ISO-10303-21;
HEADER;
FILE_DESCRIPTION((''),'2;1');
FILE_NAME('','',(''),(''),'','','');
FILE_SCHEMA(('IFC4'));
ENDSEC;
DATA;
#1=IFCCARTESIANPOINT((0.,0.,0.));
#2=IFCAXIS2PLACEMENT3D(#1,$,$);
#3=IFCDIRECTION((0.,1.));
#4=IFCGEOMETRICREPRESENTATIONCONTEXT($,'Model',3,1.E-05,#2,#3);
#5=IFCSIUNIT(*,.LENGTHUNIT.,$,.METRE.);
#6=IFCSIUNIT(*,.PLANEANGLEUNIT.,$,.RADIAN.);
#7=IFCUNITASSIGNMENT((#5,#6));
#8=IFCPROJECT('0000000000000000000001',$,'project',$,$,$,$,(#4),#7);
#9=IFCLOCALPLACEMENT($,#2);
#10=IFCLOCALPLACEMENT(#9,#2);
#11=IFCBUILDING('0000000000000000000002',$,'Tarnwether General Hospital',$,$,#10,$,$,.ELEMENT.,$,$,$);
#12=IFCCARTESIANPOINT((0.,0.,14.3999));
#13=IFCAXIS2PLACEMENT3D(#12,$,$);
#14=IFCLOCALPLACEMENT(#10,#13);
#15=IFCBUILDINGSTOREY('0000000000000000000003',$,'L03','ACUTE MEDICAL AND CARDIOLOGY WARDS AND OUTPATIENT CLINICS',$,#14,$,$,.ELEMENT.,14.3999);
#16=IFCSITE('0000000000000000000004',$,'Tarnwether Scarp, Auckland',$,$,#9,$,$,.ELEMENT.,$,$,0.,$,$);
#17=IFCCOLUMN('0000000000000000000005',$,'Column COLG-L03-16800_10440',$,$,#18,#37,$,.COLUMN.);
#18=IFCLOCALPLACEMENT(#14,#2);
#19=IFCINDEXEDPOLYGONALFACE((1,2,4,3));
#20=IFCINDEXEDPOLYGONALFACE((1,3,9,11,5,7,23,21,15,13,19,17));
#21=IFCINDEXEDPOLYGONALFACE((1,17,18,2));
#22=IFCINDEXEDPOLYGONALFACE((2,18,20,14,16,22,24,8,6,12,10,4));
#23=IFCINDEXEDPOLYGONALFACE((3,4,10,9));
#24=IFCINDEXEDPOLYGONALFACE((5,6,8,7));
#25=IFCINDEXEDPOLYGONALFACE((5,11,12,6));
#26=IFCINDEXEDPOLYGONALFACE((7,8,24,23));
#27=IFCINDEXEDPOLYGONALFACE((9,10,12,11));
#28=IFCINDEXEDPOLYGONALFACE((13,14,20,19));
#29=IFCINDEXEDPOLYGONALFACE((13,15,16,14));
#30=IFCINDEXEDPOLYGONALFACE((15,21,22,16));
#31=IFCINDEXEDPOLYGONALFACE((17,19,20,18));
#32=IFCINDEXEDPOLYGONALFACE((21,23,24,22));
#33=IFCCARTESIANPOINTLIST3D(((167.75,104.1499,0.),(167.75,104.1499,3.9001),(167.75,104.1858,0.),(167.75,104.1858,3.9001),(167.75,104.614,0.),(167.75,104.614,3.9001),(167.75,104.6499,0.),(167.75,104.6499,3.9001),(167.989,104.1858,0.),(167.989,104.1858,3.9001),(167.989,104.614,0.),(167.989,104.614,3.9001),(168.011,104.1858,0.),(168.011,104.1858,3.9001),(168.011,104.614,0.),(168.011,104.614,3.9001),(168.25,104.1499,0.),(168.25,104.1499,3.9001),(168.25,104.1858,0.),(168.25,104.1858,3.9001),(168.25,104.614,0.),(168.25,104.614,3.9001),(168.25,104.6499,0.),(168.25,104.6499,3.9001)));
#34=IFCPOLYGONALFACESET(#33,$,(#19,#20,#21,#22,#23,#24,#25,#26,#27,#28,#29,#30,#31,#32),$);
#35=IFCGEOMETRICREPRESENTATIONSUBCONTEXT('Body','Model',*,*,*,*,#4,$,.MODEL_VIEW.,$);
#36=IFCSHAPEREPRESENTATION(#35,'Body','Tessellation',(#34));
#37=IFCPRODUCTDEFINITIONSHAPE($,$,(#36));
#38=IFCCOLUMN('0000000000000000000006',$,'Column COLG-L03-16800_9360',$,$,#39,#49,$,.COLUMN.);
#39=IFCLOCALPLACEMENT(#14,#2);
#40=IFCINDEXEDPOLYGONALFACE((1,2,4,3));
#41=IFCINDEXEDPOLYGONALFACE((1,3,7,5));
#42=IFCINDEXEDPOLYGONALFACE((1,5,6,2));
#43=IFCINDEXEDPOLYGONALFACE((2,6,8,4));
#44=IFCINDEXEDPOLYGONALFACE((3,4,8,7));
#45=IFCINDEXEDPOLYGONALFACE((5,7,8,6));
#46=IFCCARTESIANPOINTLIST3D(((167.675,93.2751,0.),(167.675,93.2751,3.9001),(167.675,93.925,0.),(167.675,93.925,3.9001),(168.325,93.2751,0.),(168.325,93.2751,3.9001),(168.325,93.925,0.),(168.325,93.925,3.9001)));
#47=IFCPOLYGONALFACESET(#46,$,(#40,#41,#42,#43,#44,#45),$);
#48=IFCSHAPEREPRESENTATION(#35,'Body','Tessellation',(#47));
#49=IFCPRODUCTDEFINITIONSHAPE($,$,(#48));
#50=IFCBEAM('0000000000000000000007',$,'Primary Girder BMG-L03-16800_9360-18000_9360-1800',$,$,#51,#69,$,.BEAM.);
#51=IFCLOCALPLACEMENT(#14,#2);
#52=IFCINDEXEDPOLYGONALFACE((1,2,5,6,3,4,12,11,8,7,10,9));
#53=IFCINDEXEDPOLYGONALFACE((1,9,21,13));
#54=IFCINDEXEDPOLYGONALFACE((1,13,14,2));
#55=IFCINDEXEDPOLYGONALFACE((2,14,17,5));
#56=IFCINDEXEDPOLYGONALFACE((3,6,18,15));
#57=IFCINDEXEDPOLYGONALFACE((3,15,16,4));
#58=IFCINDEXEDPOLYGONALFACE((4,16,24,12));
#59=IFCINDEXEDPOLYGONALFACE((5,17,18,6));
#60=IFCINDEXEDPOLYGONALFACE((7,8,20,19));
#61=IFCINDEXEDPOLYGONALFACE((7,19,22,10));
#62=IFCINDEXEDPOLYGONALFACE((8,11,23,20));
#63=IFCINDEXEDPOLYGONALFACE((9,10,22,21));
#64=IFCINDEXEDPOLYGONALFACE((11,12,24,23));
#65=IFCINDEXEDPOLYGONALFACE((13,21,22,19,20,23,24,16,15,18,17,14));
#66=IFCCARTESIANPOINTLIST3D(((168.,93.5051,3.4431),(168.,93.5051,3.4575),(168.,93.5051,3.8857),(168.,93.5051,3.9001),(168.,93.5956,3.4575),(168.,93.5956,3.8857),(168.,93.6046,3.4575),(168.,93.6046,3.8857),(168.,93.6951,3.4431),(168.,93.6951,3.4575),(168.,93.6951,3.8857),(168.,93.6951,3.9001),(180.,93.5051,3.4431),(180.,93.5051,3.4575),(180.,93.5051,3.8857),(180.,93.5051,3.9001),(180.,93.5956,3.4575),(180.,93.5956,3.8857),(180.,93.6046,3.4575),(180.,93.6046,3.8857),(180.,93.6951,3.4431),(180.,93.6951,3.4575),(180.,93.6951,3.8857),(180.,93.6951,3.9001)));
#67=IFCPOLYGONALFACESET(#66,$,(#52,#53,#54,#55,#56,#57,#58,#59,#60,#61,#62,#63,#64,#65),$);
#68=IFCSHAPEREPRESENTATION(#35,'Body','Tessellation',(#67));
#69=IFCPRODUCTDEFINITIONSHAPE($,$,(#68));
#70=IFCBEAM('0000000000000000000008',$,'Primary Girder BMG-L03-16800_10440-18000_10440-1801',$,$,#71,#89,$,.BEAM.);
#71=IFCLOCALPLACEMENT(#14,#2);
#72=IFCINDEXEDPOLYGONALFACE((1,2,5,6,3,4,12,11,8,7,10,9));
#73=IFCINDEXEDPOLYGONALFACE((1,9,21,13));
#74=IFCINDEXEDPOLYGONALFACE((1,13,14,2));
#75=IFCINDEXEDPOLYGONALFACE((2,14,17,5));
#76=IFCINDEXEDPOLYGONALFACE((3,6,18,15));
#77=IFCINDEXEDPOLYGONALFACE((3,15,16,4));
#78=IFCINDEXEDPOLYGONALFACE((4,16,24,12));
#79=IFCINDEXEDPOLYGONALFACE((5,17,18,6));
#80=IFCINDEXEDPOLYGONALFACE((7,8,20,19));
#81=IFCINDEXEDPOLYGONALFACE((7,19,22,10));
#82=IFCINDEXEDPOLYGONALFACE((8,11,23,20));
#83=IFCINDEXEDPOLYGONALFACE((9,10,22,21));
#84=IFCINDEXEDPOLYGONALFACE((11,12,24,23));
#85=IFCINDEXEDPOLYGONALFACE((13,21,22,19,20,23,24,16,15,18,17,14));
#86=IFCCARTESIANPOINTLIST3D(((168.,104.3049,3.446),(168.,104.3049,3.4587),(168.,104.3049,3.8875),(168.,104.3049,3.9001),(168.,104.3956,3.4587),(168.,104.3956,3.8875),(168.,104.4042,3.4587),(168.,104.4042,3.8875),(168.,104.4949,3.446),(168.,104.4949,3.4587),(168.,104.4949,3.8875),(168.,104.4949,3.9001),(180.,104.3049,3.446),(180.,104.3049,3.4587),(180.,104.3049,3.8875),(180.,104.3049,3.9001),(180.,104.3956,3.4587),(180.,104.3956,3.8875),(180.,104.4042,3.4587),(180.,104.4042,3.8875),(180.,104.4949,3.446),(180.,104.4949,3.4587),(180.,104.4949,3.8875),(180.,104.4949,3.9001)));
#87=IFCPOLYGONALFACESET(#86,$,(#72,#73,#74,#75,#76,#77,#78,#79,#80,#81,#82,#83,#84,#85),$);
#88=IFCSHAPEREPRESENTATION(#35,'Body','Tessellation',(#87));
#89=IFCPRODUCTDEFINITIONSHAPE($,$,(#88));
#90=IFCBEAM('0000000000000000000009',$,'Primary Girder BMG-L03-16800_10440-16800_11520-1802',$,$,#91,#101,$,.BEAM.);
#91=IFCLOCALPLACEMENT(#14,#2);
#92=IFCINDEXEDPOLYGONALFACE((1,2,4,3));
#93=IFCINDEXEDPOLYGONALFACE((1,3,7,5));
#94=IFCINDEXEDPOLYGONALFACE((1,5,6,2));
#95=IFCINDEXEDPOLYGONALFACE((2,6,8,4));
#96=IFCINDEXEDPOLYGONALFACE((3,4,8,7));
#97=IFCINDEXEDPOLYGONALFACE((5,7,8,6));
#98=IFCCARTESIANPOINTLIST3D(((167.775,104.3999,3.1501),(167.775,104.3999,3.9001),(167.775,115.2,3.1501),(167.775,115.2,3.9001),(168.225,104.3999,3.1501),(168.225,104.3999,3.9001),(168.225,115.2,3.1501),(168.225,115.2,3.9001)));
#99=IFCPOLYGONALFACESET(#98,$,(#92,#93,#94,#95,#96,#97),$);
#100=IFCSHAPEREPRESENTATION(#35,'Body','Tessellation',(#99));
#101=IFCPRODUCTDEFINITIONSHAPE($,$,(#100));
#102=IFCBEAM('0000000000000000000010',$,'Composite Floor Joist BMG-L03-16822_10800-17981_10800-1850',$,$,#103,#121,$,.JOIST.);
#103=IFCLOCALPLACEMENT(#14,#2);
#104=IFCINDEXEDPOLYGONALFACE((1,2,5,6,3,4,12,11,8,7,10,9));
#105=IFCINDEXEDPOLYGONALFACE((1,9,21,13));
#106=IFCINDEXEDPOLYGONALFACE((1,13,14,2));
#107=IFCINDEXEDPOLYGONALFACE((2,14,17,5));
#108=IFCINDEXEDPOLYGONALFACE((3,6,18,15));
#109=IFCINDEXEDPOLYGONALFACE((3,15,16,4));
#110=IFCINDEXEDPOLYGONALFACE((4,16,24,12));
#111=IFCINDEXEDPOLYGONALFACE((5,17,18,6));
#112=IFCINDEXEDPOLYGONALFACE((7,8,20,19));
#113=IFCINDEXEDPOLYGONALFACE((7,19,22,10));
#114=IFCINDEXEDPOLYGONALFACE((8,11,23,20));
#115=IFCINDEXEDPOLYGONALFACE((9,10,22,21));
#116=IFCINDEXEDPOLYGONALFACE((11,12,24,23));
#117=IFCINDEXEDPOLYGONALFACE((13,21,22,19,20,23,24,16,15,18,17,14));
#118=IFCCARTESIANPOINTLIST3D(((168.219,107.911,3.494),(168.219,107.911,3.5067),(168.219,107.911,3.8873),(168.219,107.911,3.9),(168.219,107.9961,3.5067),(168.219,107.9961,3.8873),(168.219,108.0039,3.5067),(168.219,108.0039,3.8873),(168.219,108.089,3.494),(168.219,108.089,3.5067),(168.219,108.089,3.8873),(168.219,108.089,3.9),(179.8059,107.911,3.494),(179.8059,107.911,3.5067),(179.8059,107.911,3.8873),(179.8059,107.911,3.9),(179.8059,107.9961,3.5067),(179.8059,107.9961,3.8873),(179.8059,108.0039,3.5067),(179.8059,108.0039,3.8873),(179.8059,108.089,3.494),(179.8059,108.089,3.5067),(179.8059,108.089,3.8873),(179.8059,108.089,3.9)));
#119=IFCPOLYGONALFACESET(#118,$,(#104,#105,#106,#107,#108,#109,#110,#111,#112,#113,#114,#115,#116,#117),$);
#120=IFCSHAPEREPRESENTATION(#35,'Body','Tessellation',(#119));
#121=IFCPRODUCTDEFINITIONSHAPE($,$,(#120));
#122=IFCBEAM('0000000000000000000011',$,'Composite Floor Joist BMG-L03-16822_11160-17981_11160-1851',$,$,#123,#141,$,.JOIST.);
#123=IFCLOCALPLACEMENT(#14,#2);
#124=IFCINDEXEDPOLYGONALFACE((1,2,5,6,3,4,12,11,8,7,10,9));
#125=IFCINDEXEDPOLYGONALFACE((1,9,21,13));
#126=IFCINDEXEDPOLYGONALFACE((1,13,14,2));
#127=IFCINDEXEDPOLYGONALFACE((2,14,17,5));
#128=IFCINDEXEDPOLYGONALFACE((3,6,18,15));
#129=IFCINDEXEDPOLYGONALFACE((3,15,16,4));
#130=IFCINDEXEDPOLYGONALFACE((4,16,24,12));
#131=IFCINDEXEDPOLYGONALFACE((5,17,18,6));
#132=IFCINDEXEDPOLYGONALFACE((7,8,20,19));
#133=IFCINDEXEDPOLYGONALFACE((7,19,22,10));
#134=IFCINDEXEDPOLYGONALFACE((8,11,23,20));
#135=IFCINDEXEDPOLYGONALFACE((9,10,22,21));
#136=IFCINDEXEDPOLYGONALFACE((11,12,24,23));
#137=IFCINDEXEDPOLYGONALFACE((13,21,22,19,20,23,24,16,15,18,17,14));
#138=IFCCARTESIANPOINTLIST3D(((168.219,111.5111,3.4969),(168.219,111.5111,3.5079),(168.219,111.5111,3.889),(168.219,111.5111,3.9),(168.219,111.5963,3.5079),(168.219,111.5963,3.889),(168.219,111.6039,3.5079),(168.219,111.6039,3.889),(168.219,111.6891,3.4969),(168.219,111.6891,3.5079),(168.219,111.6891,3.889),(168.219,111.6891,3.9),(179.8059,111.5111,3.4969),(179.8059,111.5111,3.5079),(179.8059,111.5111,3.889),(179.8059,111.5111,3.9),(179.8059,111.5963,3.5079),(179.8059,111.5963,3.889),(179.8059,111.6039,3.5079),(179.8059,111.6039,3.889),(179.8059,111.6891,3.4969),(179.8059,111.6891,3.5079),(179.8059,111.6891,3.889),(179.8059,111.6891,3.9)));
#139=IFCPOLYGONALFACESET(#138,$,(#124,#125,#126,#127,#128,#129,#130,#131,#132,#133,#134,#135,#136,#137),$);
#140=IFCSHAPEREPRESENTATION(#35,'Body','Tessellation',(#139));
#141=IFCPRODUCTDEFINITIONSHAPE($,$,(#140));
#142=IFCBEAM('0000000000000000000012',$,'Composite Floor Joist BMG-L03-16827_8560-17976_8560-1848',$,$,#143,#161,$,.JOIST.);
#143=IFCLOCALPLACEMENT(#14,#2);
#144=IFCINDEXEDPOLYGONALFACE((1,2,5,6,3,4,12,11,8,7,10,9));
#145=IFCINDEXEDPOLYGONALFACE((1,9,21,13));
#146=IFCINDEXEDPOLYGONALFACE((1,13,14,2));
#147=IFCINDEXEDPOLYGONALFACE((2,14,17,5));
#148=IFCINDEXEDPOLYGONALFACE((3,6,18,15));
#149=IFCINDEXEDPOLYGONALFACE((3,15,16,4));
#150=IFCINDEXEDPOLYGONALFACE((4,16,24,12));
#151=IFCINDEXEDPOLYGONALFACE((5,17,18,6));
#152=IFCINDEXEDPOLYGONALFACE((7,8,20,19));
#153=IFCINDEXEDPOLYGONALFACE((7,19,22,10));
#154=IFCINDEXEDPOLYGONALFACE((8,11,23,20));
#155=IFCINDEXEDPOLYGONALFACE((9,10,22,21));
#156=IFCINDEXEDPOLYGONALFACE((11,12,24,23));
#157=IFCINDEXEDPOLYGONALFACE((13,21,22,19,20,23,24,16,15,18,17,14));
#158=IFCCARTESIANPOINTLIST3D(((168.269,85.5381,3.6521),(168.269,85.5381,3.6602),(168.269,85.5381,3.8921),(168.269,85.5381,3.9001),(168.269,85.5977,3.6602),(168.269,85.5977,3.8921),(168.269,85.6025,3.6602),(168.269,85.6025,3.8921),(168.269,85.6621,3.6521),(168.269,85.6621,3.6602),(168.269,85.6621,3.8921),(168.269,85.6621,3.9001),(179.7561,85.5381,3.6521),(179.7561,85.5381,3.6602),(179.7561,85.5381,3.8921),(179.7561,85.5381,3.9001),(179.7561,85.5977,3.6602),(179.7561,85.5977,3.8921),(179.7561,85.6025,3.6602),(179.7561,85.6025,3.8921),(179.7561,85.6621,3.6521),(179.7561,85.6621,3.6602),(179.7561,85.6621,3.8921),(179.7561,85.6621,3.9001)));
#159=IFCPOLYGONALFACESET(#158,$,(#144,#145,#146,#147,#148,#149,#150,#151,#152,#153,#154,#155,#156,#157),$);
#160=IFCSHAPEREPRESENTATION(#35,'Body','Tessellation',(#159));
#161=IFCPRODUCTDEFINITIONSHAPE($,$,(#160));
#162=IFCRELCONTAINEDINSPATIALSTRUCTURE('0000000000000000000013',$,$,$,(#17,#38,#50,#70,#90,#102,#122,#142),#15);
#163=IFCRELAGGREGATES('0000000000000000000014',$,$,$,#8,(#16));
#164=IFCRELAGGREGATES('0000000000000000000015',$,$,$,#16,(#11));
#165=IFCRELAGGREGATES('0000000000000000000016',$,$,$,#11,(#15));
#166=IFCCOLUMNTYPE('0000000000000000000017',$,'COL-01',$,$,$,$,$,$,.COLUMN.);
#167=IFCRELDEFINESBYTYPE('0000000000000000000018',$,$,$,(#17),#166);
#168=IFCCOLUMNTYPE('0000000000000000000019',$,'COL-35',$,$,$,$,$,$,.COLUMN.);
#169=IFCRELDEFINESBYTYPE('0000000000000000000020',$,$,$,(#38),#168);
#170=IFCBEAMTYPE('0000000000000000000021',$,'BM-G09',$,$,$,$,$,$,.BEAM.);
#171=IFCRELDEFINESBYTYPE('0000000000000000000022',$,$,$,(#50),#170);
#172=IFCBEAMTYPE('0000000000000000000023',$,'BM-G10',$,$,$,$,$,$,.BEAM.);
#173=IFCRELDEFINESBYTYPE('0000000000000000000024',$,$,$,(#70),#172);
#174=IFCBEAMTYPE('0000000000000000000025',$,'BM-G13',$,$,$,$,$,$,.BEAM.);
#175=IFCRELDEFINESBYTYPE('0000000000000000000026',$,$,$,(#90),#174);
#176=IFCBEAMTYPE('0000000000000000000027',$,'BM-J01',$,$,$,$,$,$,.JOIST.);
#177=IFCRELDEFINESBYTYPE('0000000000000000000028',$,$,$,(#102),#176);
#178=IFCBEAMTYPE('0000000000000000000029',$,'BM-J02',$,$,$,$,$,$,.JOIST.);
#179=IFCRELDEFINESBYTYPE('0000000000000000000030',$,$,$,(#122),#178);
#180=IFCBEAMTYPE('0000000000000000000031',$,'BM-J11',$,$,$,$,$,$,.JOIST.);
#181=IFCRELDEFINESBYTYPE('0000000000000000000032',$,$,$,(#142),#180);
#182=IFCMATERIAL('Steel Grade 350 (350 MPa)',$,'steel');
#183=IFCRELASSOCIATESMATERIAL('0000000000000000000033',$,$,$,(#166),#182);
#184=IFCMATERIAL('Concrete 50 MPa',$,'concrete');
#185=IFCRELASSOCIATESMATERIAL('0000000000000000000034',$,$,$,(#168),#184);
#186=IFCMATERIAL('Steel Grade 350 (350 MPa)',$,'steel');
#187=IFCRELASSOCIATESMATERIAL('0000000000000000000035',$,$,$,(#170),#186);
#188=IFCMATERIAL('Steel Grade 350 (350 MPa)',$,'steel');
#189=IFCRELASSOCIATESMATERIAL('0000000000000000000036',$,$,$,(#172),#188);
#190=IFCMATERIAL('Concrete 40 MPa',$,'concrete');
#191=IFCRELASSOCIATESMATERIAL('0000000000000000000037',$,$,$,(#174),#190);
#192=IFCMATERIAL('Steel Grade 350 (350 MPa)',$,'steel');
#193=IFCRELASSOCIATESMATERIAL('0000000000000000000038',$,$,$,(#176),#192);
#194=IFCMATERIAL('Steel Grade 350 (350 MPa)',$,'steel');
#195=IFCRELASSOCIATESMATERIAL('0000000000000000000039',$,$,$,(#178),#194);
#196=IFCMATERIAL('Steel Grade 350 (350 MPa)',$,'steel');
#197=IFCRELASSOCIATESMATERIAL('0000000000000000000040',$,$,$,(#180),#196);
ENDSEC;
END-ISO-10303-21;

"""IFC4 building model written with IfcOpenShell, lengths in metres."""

from ifc_helpers import new_model, si_unit, direction, frame, origin, origin_2d, place, context, subcontext, project, spatial, rectangle, i_section, extrude, material, material_profile, profile_set, type_object, element, save


model = new_model("IFC4")

# Units and contexts
model_context = context("Model", 3, precision=1e-05, world=origin(), true_north=direction((0.0, 1.0)))
body_context = subcontext(model_context, "Body", "Model", "MODEL_VIEW")
ifc_project = project(units=[si_unit("LENGTHUNIT", "METRE"), si_unit("PLANEANGLEUNIT", "RADIAN")], contexts=[model_context])

# Site, building, storey
site_placement = place(None, origin())
site = spatial("IfcSite", under=ifc_project, at=site_placement, Name="Tarnwether Scarp, Auckland", CompositionType="ELEMENT", RefElevation=0.0)
building_placement = place(site_placement, origin())
building = spatial("IfcBuilding", under=site, at=building_placement, Name="Tarnwether General Hospital", CompositionType="ELEMENT")
storey_placement = place(building_placement, frame((0.0, 0.0, 14.3999)))
storey = spatial("IfcBuildingStorey", under=building, at=storey_placement, Name="L03", Description="ACUTE MEDICAL AND CARDIOLOGY WARDS AND OUTPATIENT CLINICS", CompositionType="ELEMENT", Elevation=14.3999)

# Columns
ifc_material_1 = material(Name="Steel Grade 350 (350 MPa)", Category="steel")
ifc_material_profile_1 = material_profile(ifc_material_1, i_section(OverallWidth=0.5, OverallDepth=0.5, WebThickness=0.022, FlangeThickness=0.0359, at=origin_2d()), Name="500WC380")
ifc_profile_set_1 = profile_set([ifc_material_profile_1], Name="Steel Grade 350 (350 MPa)")
column_type_1 = type_object("IfcColumnType", Name="COL-01", PredefinedType="COLUMN", material=ifc_profile_set_1)
column_1_placement = place(storey_placement, frame((168.0, 104.3999, 0.0), z_axis=(0.0, 0.0, 1.0), x_axis=(1.0, 0.0, 0.0)))
element("IfcColumn", 1, at=column_1_placement, inside=storey, type_object=column_type_1, Name="Column COLG-L03-16800_10440", PredefinedType="COLUMN", context=body_context, shape_type="SweptSolid", body=[
    extrude(i_section(OverallWidth=0.5, OverallDepth=0.5, WebThickness=0.022, FlangeThickness=0.0359, at=origin_2d()), origin(), (0.0, 0.0, 1.0), 3.9001),
])
ifc_material_2 = material(Name="Concrete 50 MPa", Category="concrete")
ifc_material_profile_2 = material_profile(ifc_material_2, rectangle(XDim=0.6499, YDim=0.6499, at=origin_2d()), Name="RC-COL-650x650")
ifc_profile_set_2 = profile_set([ifc_material_profile_2], Name="Concrete 50 MPa")
column_type_2 = type_object("IfcColumnType", Name="COL-35", PredefinedType="COLUMN", material=ifc_profile_set_2)
column_2_placement = place(storey_placement, frame((168.0, 93.6001, 0.0), z_axis=(0.0, 0.0, 1.0), x_axis=(1.0, 0.0, 0.0)))
element("IfcColumn", 2, at=column_2_placement, inside=storey, type_object=column_type_2, Name="Column COLG-L03-16800_9360", PredefinedType="COLUMN", context=body_context, shape_type="SweptSolid", body=[
    extrude(rectangle(XDim=0.6499, YDim=0.6499, at=origin_2d()), origin(), (0.0, 0.0, 1.0), 3.9001),
])

# Beams
ifc_material_3 = material(Name="Steel Grade 350 (350 MPa)", Category="steel")
ifc_material_profile_3 = material_profile(ifc_material_3, i_section(OverallWidth=0.1899, OverallDepth=0.457, WebThickness=0.009, FlangeThickness=0.0144, at=origin_2d()), Name="460UB74.6")
ifc_profile_set_3 = profile_set([ifc_material_profile_3], Name="Steel Grade 350 (350 MPa)")
beam_type_1 = type_object("IfcBeamType", Name="BM-G09", PredefinedType="BEAM", material=ifc_profile_set_3)
beam_1_placement = place(storey_placement, frame((168.0, 93.6001, 3.6716), z_axis=(1.0, 0.0, 0.0), x_axis=(0.0, 1.0, 0.0)))
element("IfcBeam", 3, at=beam_1_placement, inside=storey, type_object=beam_type_1, Name="Primary Girder BMG-L03-16800_9360-18000_9360-1800", PredefinedType="BEAM", context=body_context, shape_type="SweptSolid", body=[
    extrude(i_section(OverallWidth=0.1899, OverallDepth=0.457, WebThickness=0.009, FlangeThickness=0.0144, at=origin_2d()), origin(), (0.0, 0.0, 1.0), 12.0),
])
ifc_material_4 = material(Name="Steel Grade 350 (350 MPa)", Category="steel")
ifc_material_profile_4 = material_profile(ifc_material_4, i_section(OverallWidth=0.1899, OverallDepth=0.4541, WebThickness=0.0085, FlangeThickness=0.0127, at=origin_2d()), Name="460UB67.1")
ifc_profile_set_4 = profile_set([ifc_material_profile_4], Name="Steel Grade 350 (350 MPa)")
beam_type_2 = type_object("IfcBeamType", Name="BM-G10", PredefinedType="BEAM", material=ifc_profile_set_4)
beam_2_placement = place(storey_placement, frame((168.0, 104.3999, 3.6731), z_axis=(1.0, 0.0, 0.0), x_axis=(0.0, 1.0, 0.0)))
element("IfcBeam", 4, at=beam_2_placement, inside=storey, type_object=beam_type_2, Name="Primary Girder BMG-L03-16800_10440-18000_10440-1801", PredefinedType="BEAM", context=body_context, shape_type="SweptSolid", body=[
    extrude(i_section(OverallWidth=0.1899, OverallDepth=0.4541, WebThickness=0.0085, FlangeThickness=0.0127, at=origin_2d()), origin(), (0.0, 0.0, 1.0), 12.0),
])
ifc_material_5 = material(Name="Concrete 40 MPa", Category="concrete")
ifc_material_profile_5 = material_profile(ifc_material_5, rectangle(XDim=0.45, YDim=0.75, at=origin_2d()), Name="RC-BM-450x750")
ifc_profile_set_5 = profile_set([ifc_material_profile_5], Name="Concrete 40 MPa")
beam_type_3 = type_object("IfcBeamType", Name="BM-G13", PredefinedType="BEAM", material=ifc_profile_set_5)
beam_3_placement = place(storey_placement, frame((168.0, 104.3999, 3.5251), z_axis=(0.0, 1.0, 0.0), x_axis=(-1.0, 0.0, 0.0)))
element("IfcBeam", 5, at=beam_3_placement, inside=storey, type_object=beam_type_3, Name="Primary Girder BMG-L03-16800_10440-16800_11520-1802", PredefinedType="BEAM", context=body_context, shape_type="SweptSolid", body=[
    extrude(rectangle(XDim=0.45, YDim=0.75, at=origin_2d()), origin(), (0.0, 0.0, 1.0), 10.8),
])
ifc_material_6 = material(Name="Steel Grade 350 (350 MPa)", Category="steel")
ifc_material_profile_6 = material_profile(ifc_material_6, i_section(OverallWidth=0.178, OverallDepth=0.406, WebThickness=0.0078, FlangeThickness=0.0127, at=origin_2d()), Name="410UB59.7")
ifc_profile_set_6 = profile_set([ifc_material_profile_6], Name="Steel Grade 350 (350 MPa)")
beam_type_4 = type_object("IfcBeamType", Name="BM-J01", PredefinedType="JOIST", material=ifc_profile_set_6)
beam_4_placement = place(storey_placement, frame((168.219, 108.0, 3.697), z_axis=(1.0, 0.0, 0.0), x_axis=(0.0, 1.0, 0.0)))
element("IfcBeam", 6, at=beam_4_placement, inside=storey, type_object=beam_type_4, Name="Composite Floor Joist BMG-L03-16822_10800-17981_10800-1850", PredefinedType="JOIST", context=body_context, shape_type="SweptSolid", body=[
    extrude(i_section(OverallWidth=0.178, OverallDepth=0.406, WebThickness=0.0078, FlangeThickness=0.0127, at=origin_2d()), origin(), (0.0, 0.0, 1.0), 11.5869),
])
ifc_material_7 = material(Name="Steel Grade 350 (350 MPa)", Category="steel")
ifc_material_profile_7 = material_profile(ifc_material_7, i_section(OverallWidth=0.178, OverallDepth=0.4031, WebThickness=0.0076, FlangeThickness=0.011, at=origin_2d()), Name="410UB53.7")
ifc_profile_set_7 = profile_set([ifc_material_profile_7], Name="Steel Grade 350 (350 MPa)")
beam_type_5 = type_object("IfcBeamType", Name="BM-J02", PredefinedType="JOIST", material=ifc_profile_set_7)
beam_5_placement = place(storey_placement, frame((168.219, 111.6001, 3.6985), z_axis=(1.0, 0.0, 0.0), x_axis=(0.0, 1.0, 0.0)))
element("IfcBeam", 7, at=beam_5_placement, inside=storey, type_object=beam_type_5, Name="Composite Floor Joist BMG-L03-16822_11160-17981_11160-1851", PredefinedType="JOIST", context=body_context, shape_type="SweptSolid", body=[
    extrude(i_section(OverallWidth=0.178, OverallDepth=0.4031, WebThickness=0.0076, FlangeThickness=0.011, at=origin_2d()), origin(), (0.0, 0.0, 1.0), 11.5869),
])
ifc_material_8 = material(Name="Steel Grade 350 (350 MPa)", Category="steel")
ifc_material_profile_8 = material_profile(ifc_material_8, i_section(OverallWidth=0.124, OverallDepth=0.248, WebThickness=0.0049, FlangeThickness=0.0081, at=origin_2d()), Name="250UB25.7")
ifc_profile_set_8 = profile_set([ifc_material_profile_8], Name="Steel Grade 350 (350 MPa)")
beam_type_6 = type_object("IfcBeamType", Name="BM-J11", PredefinedType="JOIST", material=ifc_profile_set_8)
beam_6_placement = place(storey_placement, frame((168.269, 85.6001, 3.7761), z_axis=(1.0, 0.0, 0.0), x_axis=(0.0, 1.0, 0.0)))
element("IfcBeam", 8, at=beam_6_placement, inside=storey, type_object=beam_type_6, Name="Composite Floor Joist BMG-L03-16827_8560-17976_8560-1848", PredefinedType="JOIST", context=body_context, shape_type="SweptSolid", body=[
    extrude(i_section(OverallWidth=0.124, OverallDepth=0.248, WebThickness=0.0049, FlangeThickness=0.0081, at=origin_2d()), origin(), (0.0, 0.0, 1.0), 11.4871),
])

save(model, "model.ifc")
